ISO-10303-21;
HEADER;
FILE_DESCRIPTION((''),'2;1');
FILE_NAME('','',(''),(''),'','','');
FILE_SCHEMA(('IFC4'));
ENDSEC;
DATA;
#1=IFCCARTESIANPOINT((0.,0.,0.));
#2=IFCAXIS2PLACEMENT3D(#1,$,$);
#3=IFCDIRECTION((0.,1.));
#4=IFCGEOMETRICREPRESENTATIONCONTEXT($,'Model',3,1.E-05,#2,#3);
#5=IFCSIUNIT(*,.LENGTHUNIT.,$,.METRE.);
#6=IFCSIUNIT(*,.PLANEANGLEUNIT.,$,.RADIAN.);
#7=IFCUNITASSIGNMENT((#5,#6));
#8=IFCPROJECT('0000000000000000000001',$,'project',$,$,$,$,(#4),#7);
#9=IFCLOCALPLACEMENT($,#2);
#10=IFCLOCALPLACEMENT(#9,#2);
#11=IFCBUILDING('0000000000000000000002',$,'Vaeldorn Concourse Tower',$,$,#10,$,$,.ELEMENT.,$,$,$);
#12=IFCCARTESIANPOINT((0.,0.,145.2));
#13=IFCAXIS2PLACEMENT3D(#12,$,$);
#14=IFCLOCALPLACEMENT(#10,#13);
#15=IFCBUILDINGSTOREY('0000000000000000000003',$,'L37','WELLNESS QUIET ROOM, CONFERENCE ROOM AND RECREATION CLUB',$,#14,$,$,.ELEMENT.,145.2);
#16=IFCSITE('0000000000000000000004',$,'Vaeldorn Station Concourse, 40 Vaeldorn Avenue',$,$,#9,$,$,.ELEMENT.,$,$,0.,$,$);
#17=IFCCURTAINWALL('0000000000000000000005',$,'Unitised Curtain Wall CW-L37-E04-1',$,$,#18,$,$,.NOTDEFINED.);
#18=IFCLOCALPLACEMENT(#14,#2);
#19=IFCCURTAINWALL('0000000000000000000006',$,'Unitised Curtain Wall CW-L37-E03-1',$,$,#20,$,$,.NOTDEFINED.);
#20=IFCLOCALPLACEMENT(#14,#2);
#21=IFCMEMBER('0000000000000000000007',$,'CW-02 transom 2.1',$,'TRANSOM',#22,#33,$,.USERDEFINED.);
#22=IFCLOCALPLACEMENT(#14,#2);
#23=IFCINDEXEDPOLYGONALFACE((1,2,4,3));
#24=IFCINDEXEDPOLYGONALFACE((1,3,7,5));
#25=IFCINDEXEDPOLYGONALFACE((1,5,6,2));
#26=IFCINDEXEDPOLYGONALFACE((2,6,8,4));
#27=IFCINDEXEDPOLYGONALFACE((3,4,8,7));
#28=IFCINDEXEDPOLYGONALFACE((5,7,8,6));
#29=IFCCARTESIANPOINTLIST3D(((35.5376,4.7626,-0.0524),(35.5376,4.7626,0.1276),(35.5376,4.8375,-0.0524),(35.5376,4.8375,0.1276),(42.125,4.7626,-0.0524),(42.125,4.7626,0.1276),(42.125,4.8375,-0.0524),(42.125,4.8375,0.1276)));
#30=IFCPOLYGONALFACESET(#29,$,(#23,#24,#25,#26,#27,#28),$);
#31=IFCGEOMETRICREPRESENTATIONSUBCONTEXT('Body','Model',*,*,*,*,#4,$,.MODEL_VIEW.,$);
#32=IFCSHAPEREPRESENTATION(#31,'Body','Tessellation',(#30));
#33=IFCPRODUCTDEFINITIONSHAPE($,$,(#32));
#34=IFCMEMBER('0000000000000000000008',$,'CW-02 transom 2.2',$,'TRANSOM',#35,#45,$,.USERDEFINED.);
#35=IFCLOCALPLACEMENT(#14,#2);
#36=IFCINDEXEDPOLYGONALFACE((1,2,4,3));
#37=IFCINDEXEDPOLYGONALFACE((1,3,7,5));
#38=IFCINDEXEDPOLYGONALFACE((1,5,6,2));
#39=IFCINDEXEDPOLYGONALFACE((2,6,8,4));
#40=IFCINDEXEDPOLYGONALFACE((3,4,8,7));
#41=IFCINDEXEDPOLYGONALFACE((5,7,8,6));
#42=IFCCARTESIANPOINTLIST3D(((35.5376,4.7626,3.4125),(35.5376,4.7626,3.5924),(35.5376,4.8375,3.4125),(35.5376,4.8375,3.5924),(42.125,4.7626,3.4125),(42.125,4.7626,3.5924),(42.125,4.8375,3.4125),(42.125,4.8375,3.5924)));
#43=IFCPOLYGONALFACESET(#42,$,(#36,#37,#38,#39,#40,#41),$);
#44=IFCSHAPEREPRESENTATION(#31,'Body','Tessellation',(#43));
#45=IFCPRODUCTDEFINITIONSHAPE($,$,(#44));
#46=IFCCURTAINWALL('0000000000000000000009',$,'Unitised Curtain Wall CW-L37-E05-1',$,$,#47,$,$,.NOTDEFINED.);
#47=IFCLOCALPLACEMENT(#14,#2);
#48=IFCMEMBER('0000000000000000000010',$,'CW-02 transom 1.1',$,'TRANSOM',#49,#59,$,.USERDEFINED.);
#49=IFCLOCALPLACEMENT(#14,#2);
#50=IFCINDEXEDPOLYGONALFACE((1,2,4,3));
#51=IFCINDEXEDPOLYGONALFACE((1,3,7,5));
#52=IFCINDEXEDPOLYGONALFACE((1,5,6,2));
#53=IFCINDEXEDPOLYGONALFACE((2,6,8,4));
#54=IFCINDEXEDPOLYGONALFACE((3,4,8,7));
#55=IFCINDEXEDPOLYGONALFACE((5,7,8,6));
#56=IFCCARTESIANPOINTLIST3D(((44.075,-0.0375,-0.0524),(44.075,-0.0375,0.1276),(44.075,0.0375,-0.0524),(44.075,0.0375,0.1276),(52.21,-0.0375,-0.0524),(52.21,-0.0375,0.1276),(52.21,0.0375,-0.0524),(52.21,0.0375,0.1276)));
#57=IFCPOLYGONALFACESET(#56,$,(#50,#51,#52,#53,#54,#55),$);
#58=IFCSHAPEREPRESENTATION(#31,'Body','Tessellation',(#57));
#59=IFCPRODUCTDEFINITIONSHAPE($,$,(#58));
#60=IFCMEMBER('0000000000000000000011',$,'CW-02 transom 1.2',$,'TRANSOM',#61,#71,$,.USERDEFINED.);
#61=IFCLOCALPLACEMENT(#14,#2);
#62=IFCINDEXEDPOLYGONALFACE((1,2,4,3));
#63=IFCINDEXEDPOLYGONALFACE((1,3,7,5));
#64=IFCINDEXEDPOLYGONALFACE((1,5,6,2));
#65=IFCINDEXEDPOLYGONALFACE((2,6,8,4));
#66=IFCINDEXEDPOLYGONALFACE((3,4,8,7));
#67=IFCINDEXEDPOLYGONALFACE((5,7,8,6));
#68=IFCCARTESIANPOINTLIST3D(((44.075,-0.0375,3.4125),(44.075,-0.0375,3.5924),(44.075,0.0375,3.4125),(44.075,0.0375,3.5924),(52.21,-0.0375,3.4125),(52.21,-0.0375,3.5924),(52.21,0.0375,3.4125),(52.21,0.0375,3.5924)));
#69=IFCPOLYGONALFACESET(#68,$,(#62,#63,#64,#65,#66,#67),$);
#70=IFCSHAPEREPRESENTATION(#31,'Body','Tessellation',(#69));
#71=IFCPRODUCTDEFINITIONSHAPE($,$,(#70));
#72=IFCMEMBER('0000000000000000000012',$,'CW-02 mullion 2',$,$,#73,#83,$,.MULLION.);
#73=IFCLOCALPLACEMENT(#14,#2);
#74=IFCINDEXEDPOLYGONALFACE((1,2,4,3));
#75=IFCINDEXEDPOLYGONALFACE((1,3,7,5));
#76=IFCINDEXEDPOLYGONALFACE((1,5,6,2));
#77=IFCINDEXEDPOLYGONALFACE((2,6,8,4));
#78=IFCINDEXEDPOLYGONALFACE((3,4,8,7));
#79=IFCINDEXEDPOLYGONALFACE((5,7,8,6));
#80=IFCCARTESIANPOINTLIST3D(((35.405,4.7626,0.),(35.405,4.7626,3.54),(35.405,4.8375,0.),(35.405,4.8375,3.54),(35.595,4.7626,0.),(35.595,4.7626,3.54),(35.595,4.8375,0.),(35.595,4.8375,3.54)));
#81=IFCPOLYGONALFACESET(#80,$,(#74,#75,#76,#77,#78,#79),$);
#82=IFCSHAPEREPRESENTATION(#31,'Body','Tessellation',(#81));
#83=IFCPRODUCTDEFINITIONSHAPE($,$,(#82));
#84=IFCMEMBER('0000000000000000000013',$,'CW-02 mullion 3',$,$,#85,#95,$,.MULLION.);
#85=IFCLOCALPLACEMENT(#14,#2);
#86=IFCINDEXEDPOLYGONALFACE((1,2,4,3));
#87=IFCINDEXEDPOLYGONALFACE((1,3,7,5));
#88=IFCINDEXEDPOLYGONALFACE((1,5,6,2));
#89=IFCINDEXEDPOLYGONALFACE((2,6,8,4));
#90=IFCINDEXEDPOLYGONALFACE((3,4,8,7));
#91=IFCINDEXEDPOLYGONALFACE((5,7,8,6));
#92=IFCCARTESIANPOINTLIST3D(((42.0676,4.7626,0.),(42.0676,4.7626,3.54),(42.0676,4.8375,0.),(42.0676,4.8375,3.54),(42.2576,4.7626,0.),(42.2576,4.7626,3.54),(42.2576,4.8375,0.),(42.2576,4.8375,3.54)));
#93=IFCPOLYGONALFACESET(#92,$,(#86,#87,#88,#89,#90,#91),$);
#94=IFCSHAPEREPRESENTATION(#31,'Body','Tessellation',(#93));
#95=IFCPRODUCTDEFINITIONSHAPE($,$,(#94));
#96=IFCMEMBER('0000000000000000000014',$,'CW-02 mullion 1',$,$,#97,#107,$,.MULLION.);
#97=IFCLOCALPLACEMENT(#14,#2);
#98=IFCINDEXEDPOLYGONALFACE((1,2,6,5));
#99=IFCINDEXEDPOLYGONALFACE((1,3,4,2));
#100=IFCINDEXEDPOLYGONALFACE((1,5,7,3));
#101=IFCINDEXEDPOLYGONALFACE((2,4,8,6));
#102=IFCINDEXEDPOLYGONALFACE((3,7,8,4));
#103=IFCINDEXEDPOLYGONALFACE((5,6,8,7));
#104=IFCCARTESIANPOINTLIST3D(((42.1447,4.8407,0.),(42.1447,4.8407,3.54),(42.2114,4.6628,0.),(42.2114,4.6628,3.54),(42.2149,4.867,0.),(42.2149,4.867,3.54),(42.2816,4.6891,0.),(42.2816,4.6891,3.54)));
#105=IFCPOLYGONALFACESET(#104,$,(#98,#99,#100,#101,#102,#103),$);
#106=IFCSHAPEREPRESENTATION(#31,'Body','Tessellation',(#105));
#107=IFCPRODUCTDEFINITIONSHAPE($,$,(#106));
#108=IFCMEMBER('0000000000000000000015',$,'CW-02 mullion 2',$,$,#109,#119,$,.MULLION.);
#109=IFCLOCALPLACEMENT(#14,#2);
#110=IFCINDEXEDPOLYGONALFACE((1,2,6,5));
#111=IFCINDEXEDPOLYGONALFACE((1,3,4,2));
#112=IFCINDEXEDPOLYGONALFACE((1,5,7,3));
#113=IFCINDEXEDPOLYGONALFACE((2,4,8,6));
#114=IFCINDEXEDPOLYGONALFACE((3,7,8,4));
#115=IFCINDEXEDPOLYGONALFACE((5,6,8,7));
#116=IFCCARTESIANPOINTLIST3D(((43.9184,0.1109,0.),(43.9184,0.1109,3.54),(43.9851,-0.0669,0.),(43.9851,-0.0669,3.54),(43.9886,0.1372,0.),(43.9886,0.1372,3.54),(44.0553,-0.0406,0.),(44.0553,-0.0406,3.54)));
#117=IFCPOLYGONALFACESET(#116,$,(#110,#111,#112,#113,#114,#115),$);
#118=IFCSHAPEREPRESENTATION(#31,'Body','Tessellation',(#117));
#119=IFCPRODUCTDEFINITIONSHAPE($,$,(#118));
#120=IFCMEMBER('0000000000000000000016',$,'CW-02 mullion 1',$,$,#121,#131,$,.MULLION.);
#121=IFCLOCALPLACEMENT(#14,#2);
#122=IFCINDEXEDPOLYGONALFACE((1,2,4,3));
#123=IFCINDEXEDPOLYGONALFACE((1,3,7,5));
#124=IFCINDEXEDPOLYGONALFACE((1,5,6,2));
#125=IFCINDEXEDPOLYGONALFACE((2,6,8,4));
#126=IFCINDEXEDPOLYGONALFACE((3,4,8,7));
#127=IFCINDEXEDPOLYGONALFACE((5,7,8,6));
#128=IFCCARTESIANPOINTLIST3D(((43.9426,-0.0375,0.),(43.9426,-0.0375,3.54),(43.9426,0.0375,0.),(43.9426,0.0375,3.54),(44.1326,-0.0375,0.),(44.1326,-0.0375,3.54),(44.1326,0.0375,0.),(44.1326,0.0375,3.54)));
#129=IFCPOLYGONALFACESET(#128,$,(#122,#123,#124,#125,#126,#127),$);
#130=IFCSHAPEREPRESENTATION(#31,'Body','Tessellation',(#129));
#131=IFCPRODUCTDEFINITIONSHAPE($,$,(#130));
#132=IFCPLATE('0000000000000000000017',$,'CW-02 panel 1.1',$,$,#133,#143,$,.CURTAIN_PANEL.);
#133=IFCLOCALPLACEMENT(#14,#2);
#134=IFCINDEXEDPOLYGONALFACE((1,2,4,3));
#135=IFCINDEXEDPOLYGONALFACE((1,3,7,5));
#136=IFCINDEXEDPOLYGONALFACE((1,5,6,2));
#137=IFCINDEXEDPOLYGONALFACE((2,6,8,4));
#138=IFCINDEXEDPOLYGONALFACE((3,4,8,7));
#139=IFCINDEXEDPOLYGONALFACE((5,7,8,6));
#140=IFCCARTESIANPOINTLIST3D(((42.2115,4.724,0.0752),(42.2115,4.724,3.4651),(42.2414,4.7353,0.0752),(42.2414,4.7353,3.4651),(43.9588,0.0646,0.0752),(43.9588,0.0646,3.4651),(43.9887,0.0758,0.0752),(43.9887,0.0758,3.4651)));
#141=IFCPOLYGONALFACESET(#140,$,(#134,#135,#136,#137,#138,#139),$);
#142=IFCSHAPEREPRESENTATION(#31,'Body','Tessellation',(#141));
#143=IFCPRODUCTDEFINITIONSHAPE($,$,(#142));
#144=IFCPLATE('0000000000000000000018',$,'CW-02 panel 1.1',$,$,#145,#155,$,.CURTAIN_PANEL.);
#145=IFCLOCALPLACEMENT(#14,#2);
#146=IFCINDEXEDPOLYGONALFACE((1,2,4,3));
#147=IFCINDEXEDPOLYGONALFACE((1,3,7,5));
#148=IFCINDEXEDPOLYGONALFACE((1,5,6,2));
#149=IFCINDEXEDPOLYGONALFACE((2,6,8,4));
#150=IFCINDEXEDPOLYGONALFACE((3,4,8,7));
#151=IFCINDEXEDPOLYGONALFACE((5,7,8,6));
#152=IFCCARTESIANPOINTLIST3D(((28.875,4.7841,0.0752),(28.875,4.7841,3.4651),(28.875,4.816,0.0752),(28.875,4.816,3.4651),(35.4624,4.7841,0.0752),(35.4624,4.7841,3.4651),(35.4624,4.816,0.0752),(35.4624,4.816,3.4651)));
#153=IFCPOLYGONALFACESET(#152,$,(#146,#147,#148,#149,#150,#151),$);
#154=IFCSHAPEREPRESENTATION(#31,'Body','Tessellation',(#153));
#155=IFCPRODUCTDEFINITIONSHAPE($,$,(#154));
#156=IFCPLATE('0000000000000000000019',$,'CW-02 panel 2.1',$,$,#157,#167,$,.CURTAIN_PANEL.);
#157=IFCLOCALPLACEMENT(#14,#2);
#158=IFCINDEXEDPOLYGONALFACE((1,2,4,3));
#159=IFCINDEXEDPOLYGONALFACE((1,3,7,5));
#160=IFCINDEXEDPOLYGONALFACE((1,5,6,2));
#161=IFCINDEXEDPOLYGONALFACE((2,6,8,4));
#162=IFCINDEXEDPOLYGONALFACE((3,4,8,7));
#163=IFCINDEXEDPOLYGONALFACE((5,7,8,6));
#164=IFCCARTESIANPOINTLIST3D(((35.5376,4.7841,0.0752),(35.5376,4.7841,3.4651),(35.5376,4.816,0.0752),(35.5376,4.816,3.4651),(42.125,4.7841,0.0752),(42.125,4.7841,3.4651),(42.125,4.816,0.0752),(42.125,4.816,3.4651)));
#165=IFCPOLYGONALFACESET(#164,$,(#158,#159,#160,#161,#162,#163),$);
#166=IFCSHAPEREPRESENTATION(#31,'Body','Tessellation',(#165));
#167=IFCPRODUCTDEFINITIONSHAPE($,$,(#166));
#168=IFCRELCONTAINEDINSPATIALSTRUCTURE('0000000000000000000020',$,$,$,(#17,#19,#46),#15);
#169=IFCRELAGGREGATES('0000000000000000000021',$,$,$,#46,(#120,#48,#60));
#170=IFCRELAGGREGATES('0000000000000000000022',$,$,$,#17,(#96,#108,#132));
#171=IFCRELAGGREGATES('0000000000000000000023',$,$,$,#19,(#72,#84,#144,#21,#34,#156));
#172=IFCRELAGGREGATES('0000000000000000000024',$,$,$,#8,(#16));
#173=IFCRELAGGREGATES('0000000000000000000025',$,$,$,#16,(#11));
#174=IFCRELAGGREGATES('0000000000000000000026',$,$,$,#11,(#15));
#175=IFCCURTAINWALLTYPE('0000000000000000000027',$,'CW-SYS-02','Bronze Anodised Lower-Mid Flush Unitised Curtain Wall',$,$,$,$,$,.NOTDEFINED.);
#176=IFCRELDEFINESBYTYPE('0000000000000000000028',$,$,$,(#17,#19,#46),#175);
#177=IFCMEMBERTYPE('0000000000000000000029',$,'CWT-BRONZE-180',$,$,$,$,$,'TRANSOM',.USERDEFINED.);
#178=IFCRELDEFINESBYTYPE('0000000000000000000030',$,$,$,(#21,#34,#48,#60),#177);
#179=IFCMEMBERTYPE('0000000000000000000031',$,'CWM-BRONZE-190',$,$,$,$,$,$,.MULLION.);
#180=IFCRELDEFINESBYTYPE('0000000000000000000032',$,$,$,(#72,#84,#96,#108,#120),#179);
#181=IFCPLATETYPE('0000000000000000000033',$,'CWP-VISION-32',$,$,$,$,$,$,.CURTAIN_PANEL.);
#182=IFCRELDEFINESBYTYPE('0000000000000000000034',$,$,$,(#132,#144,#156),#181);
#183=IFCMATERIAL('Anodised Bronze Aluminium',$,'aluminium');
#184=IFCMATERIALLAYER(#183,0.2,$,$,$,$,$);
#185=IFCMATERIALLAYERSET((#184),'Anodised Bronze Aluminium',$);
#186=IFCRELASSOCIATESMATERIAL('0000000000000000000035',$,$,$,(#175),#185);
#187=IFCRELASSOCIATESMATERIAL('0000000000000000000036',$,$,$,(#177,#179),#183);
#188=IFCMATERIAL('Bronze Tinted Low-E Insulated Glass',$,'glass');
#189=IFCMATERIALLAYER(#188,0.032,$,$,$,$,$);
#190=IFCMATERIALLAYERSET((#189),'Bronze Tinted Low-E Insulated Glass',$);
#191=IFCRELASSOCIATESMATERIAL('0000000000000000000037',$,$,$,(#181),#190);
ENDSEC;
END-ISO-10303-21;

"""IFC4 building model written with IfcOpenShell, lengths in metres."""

from ifc_helpers import new_model, si_unit, direction, frame, origin, origin_2d, place, context, subcontext, project, spatial, rectangle, extrude, source, transform, mapped, material, layer, layer_set, material_profile, profile_set, type_object, element, aggregate, save


model = new_model("IFC4")

# Units and contexts
model_context = context("Model", 3, precision=1e-05, world=origin(), true_north=direction((0.0, 1.0)))
body_context = subcontext(model_context, "Body", "Model", "MODEL_VIEW")
ifc_project = project(units=[si_unit("LENGTHUNIT", "METRE"), si_unit("PLANEANGLEUNIT", "RADIAN")], contexts=[model_context])

# Site, building, storey
site_placement = place(None, origin())
site = spatial("IfcSite", under=ifc_project, at=site_placement, Name="Vaeldorn Station Concourse, 40 Vaeldorn Avenue", CompositionType="ELEMENT", RefElevation=0.0)
building_placement = place(site_placement, origin())
building = spatial("IfcBuilding", under=site, at=building_placement, Name="Vaeldorn Concourse Tower", CompositionType="ELEMENT")
storey_placement = place(building_placement, frame((0.0, 0.0, 145.2)))
storey = spatial("IfcBuildingStorey", under=building, at=storey_placement, Name="L37", Description="WELLNESS QUIET ROOM, CONFERENCE ROOM AND RECREATION CLUB", CompositionType="ELEMENT", Elevation=145.2)

# Curtain walls, members
ifc_material_1 = material(Name="Anodised Bronze Aluminium", Category="aluminium")
ifc_layer_1 = layer(ifc_material_1, 0.2)
ifc_layer_set_1 = layer_set([ifc_layer_1], Name="Anodised Bronze Aluminium")
curtain_wall_type = type_object("IfcCurtainWallType", Name="CW-SYS-02", Description="Bronze Anodised Lower-Mid Flush Unitised Curtain Wall", PredefinedType="NOTDEFINED", material=ifc_layer_set_1)
curtain_wall_1_placement = place(storey_placement, origin())
curtain_wall_1 = element("IfcCurtainWall", 1, at=curtain_wall_1_placement, inside=storey, type_object=curtain_wall_type, Name="Unitised Curtain Wall CW-L37-E04-1", PredefinedType="NOTDEFINED")
ifc_material_profile_1 = material_profile(ifc_material_1, rectangle(XDim=0.075, YDim=0.1799, at=origin_2d()), Name="CWT 75x180")
ifc_profile_set_1 = profile_set([ifc_material_profile_1], Name="Anodised Bronze Aluminium")
member_type_1 = type_object("IfcMemberType", Name="CWT-BRONZE-180", ElementType="TRANSOM", PredefinedType="USERDEFINED", material=ifc_profile_set_1)
curtain_wall_2_placement = place(storey_placement, origin())
curtain_wall_2 = element("IfcCurtainWall", 2, at=curtain_wall_2_placement, inside=storey, type_object=curtain_wall_type, Name="Unitised Curtain Wall CW-L37-E03-1", PredefinedType="NOTDEFINED")
shared_shape_1 = source(origin(), body_context, "Body", "SweptSolid", [
    extrude(rectangle(XDim=0.075, YDim=0.1799, at=origin_2d()), origin(), (0.0, 0.0, 1.0), 6.5874),
])
member_1_placement = place(storey_placement, frame((35.5376, 4.8, 0.0376), z_axis=(1.0, 0.0, 0.0), x_axis=(0.0, 1.0, 0.0)))
member_1 = element("IfcMember", 3, at=member_1_placement, type_object=member_type_1, Name="CW-02 transom 2.1", ObjectType="TRANSOM", PredefinedType="USERDEFINED", context=body_context, shape_type="MappedRepresentation", body=[
    mapped(shared_shape_1, transform((0.0, 0.0, 0.0), scale=1.0)),
])
member_2_placement = place(storey_placement, frame((35.5376, 4.8, 3.5024), z_axis=(1.0, 0.0, 0.0), x_axis=(0.0, 1.0, 0.0)))
member_2 = element("IfcMember", 4, at=member_2_placement, type_object=member_type_1, Name="CW-02 transom 2.2", ObjectType="TRANSOM", PredefinedType="USERDEFINED", context=body_context, shape_type="MappedRepresentation", body=[
    mapped(shared_shape_1, transform((0.0, 0.0, 0.0), scale=1.0)),
])
curtain_wall_3_placement = place(storey_placement, origin())
curtain_wall_3 = element("IfcCurtainWall", 5, at=curtain_wall_3_placement, inside=storey, type_object=curtain_wall_type, Name="Unitised Curtain Wall CW-L37-E05-1", PredefinedType="NOTDEFINED")
shared_shape_2 = source(origin(), body_context, "Body", "SweptSolid", [
    extrude(rectangle(XDim=0.075, YDim=0.1799, at=origin_2d()), origin(), (0.0, 0.0, 1.0), 8.135),
])
member_3_placement = place(storey_placement, frame((44.075, 0.0, 0.0376), z_axis=(1.0, 0.0, 0.0), x_axis=(0.0, 1.0, 0.0)))
member_3 = element("IfcMember", 6, at=member_3_placement, type_object=member_type_1, Name="CW-02 transom 1.1", ObjectType="TRANSOM", PredefinedType="USERDEFINED", context=body_context, shape_type="MappedRepresentation", body=[
    mapped(shared_shape_2, transform((0.0, 0.0, 0.0), scale=1.0)),
])
member_4_placement = place(storey_placement, frame((44.075, 0.0, 3.5024), z_axis=(1.0, 0.0, 0.0), x_axis=(0.0, 1.0, 0.0)))
member_4 = element("IfcMember", 7, at=member_4_placement, type_object=member_type_1, Name="CW-02 transom 1.2", ObjectType="TRANSOM", PredefinedType="USERDEFINED", context=body_context, shape_type="MappedRepresentation", body=[
    mapped(shared_shape_2, transform((0.0, 0.0, 0.0), scale=1.0)),
])

# Members
ifc_material_profile_2 = material_profile(ifc_material_1, rectangle(XDim=0.075, YDim=0.1899, at=origin_2d()), Name="CWM 75x190")
ifc_profile_set_2 = profile_set([ifc_material_profile_2], Name="Anodised Bronze Aluminium")
member_type_2 = type_object("IfcMemberType", Name="CWM-BRONZE-190", PredefinedType="MULLION", material=ifc_profile_set_2)
shared_shape_3 = source(origin(), body_context, "Body", "SweptSolid", [
    extrude(rectangle(XDim=0.075, YDim=0.1899, at=origin_2d()), origin(), (0.0, 0.0, 1.0), 3.54),
])
member_5_placement = place(storey_placement, frame((35.5, 4.8, 0.0), z_axis=(0.0, 0.0, 1.0), x_axis=(0.0, 1.0, 0.0)))
member_5 = element("IfcMember", 8, at=member_5_placement, type_object=member_type_2, Name="CW-02 mullion 2", PredefinedType="MULLION", context=body_context, shape_type="MappedRepresentation", body=[
    mapped(shared_shape_3, transform((0.0, 0.0, 0.0), scale=1.0)),
])
member_6_placement = place(storey_placement, frame((42.1626, 4.8, 0.0), z_axis=(0.0, 0.0, 1.0), x_axis=(0.0, 1.0, 0.0)))
member_6 = element("IfcMember", 9, at=member_6_placement, type_object=member_type_2, Name="CW-02 mullion 3", PredefinedType="MULLION", context=body_context, shape_type="MappedRepresentation", body=[
    mapped(shared_shape_3, transform((0.0, 0.0, 0.0), scale=1.0)),
])
member_7_placement = place(storey_placement, frame((42.2131, 4.7649, 0.0), z_axis=(0.0, 0.0, 1.0), x_axis=(0.936329, 0.351123, 0.0)))
member_7 = element("IfcMember", 10, at=member_7_placement, type_object=member_type_2, Name="CW-02 mullion 1", PredefinedType="MULLION", context=body_context, shape_type="MappedRepresentation", body=[
    mapped(shared_shape_3, transform((0.0, 0.0, 0.0), scale=1.0)),
])
member_8_placement = place(storey_placement, frame((43.9868, 0.0352, 0.0), z_axis=(0.0, 0.0, 1.0), x_axis=(0.936329, 0.351123, 0.0)))
member_8 = element("IfcMember", 11, at=member_8_placement, type_object=member_type_2, Name="CW-02 mullion 2", PredefinedType="MULLION", context=body_context, shape_type="MappedRepresentation", body=[
    mapped(shared_shape_3, transform((0.0, 0.0, 0.0), scale=1.0)),
])
member_9_placement = place(storey_placement, frame((44.0376, 0.0, 0.0), z_axis=(0.0, 0.0, 1.0), x_axis=(0.0, 1.0, 0.0)))
member_9 = element("IfcMember", 12, at=member_9_placement, type_object=member_type_2, Name="CW-02 mullion 1", PredefinedType="MULLION", context=body_context, shape_type="MappedRepresentation", body=[
    mapped(shared_shape_3, transform((0.0, 0.0, 0.0), scale=1.0)),
])
aggregate(curtain_wall_3, [member_9, member_3, member_4])

# Plates
ifc_material_2 = material(Name="Bronze Tinted Low-E Insulated Glass", Category="glass")
ifc_layer_2 = layer(ifc_material_2, 0.032)
ifc_layer_set_2 = layer_set([ifc_layer_2], Name="Bronze Tinted Low-E Insulated Glass")
plate_type = type_object("IfcPlateType", Name="CWP-VISION-32", PredefinedType="CURTAIN_PANEL", material=ifc_layer_set_2)
shared_shape_4 = source(origin(), body_context, "Body", "SweptSolid", [
    extrude(rectangle(XDim=4.9763, YDim=0.032, at=origin_2d()), origin(), (0.0, 0.0, 1.0), 3.3899),
])
plate_1_placement = place(storey_placement, frame((43.1001, 2.3999, 0.0752), z_axis=(0.0, 0.0, 1.0), x_axis=(0.351123, -0.936329, 0.0)))
plate_1 = element("IfcPlate", 13, at=plate_1_placement, type_object=plate_type, Name="CW-02 panel 1.1", PredefinedType="CURTAIN_PANEL", context=body_context, shape_type="MappedRepresentation", body=[
    mapped(shared_shape_4, transform((0.0, 0.0, 0.0), scale=1.0)),
])
aggregate(curtain_wall_1, [member_7, member_8, plate_1])
shared_shape_5 = source(origin(), body_context, "Body", "SweptSolid", [
    extrude(rectangle(XDim=6.5874, YDim=0.032, at=origin_2d()), origin(), (0.0, 0.0, 1.0), 3.3899),
])
plate_2_placement = place(storey_placement, frame((32.1687, 4.8, 0.0752), z_axis=(0.0, 0.0, 1.0), x_axis=(1.0, 0.0, 0.0)))
plate_2 = element("IfcPlate", 14, at=plate_2_placement, type_object=plate_type, Name="CW-02 panel 1.1", PredefinedType="CURTAIN_PANEL", context=body_context, shape_type="MappedRepresentation", body=[
    mapped(shared_shape_5, transform((0.0, 0.0, 0.0), scale=1.0)),
])
plate_3_placement = place(storey_placement, frame((38.8313, 4.8, 0.0752), z_axis=(0.0, 0.0, 1.0), x_axis=(1.0, 0.0, 0.0)))
plate_3 = element("IfcPlate", 15, at=plate_3_placement, type_object=plate_type, Name="CW-02 panel 2.1", PredefinedType="CURTAIN_PANEL", context=body_context, shape_type="MappedRepresentation", body=[
    mapped(shared_shape_5, transform((0.0, 0.0, 0.0), scale=1.0)),
])
aggregate(curtain_wall_2, [member_5, member_6, plate_2, member_1, member_2, plate_3])

save(model, "model.ifc")
